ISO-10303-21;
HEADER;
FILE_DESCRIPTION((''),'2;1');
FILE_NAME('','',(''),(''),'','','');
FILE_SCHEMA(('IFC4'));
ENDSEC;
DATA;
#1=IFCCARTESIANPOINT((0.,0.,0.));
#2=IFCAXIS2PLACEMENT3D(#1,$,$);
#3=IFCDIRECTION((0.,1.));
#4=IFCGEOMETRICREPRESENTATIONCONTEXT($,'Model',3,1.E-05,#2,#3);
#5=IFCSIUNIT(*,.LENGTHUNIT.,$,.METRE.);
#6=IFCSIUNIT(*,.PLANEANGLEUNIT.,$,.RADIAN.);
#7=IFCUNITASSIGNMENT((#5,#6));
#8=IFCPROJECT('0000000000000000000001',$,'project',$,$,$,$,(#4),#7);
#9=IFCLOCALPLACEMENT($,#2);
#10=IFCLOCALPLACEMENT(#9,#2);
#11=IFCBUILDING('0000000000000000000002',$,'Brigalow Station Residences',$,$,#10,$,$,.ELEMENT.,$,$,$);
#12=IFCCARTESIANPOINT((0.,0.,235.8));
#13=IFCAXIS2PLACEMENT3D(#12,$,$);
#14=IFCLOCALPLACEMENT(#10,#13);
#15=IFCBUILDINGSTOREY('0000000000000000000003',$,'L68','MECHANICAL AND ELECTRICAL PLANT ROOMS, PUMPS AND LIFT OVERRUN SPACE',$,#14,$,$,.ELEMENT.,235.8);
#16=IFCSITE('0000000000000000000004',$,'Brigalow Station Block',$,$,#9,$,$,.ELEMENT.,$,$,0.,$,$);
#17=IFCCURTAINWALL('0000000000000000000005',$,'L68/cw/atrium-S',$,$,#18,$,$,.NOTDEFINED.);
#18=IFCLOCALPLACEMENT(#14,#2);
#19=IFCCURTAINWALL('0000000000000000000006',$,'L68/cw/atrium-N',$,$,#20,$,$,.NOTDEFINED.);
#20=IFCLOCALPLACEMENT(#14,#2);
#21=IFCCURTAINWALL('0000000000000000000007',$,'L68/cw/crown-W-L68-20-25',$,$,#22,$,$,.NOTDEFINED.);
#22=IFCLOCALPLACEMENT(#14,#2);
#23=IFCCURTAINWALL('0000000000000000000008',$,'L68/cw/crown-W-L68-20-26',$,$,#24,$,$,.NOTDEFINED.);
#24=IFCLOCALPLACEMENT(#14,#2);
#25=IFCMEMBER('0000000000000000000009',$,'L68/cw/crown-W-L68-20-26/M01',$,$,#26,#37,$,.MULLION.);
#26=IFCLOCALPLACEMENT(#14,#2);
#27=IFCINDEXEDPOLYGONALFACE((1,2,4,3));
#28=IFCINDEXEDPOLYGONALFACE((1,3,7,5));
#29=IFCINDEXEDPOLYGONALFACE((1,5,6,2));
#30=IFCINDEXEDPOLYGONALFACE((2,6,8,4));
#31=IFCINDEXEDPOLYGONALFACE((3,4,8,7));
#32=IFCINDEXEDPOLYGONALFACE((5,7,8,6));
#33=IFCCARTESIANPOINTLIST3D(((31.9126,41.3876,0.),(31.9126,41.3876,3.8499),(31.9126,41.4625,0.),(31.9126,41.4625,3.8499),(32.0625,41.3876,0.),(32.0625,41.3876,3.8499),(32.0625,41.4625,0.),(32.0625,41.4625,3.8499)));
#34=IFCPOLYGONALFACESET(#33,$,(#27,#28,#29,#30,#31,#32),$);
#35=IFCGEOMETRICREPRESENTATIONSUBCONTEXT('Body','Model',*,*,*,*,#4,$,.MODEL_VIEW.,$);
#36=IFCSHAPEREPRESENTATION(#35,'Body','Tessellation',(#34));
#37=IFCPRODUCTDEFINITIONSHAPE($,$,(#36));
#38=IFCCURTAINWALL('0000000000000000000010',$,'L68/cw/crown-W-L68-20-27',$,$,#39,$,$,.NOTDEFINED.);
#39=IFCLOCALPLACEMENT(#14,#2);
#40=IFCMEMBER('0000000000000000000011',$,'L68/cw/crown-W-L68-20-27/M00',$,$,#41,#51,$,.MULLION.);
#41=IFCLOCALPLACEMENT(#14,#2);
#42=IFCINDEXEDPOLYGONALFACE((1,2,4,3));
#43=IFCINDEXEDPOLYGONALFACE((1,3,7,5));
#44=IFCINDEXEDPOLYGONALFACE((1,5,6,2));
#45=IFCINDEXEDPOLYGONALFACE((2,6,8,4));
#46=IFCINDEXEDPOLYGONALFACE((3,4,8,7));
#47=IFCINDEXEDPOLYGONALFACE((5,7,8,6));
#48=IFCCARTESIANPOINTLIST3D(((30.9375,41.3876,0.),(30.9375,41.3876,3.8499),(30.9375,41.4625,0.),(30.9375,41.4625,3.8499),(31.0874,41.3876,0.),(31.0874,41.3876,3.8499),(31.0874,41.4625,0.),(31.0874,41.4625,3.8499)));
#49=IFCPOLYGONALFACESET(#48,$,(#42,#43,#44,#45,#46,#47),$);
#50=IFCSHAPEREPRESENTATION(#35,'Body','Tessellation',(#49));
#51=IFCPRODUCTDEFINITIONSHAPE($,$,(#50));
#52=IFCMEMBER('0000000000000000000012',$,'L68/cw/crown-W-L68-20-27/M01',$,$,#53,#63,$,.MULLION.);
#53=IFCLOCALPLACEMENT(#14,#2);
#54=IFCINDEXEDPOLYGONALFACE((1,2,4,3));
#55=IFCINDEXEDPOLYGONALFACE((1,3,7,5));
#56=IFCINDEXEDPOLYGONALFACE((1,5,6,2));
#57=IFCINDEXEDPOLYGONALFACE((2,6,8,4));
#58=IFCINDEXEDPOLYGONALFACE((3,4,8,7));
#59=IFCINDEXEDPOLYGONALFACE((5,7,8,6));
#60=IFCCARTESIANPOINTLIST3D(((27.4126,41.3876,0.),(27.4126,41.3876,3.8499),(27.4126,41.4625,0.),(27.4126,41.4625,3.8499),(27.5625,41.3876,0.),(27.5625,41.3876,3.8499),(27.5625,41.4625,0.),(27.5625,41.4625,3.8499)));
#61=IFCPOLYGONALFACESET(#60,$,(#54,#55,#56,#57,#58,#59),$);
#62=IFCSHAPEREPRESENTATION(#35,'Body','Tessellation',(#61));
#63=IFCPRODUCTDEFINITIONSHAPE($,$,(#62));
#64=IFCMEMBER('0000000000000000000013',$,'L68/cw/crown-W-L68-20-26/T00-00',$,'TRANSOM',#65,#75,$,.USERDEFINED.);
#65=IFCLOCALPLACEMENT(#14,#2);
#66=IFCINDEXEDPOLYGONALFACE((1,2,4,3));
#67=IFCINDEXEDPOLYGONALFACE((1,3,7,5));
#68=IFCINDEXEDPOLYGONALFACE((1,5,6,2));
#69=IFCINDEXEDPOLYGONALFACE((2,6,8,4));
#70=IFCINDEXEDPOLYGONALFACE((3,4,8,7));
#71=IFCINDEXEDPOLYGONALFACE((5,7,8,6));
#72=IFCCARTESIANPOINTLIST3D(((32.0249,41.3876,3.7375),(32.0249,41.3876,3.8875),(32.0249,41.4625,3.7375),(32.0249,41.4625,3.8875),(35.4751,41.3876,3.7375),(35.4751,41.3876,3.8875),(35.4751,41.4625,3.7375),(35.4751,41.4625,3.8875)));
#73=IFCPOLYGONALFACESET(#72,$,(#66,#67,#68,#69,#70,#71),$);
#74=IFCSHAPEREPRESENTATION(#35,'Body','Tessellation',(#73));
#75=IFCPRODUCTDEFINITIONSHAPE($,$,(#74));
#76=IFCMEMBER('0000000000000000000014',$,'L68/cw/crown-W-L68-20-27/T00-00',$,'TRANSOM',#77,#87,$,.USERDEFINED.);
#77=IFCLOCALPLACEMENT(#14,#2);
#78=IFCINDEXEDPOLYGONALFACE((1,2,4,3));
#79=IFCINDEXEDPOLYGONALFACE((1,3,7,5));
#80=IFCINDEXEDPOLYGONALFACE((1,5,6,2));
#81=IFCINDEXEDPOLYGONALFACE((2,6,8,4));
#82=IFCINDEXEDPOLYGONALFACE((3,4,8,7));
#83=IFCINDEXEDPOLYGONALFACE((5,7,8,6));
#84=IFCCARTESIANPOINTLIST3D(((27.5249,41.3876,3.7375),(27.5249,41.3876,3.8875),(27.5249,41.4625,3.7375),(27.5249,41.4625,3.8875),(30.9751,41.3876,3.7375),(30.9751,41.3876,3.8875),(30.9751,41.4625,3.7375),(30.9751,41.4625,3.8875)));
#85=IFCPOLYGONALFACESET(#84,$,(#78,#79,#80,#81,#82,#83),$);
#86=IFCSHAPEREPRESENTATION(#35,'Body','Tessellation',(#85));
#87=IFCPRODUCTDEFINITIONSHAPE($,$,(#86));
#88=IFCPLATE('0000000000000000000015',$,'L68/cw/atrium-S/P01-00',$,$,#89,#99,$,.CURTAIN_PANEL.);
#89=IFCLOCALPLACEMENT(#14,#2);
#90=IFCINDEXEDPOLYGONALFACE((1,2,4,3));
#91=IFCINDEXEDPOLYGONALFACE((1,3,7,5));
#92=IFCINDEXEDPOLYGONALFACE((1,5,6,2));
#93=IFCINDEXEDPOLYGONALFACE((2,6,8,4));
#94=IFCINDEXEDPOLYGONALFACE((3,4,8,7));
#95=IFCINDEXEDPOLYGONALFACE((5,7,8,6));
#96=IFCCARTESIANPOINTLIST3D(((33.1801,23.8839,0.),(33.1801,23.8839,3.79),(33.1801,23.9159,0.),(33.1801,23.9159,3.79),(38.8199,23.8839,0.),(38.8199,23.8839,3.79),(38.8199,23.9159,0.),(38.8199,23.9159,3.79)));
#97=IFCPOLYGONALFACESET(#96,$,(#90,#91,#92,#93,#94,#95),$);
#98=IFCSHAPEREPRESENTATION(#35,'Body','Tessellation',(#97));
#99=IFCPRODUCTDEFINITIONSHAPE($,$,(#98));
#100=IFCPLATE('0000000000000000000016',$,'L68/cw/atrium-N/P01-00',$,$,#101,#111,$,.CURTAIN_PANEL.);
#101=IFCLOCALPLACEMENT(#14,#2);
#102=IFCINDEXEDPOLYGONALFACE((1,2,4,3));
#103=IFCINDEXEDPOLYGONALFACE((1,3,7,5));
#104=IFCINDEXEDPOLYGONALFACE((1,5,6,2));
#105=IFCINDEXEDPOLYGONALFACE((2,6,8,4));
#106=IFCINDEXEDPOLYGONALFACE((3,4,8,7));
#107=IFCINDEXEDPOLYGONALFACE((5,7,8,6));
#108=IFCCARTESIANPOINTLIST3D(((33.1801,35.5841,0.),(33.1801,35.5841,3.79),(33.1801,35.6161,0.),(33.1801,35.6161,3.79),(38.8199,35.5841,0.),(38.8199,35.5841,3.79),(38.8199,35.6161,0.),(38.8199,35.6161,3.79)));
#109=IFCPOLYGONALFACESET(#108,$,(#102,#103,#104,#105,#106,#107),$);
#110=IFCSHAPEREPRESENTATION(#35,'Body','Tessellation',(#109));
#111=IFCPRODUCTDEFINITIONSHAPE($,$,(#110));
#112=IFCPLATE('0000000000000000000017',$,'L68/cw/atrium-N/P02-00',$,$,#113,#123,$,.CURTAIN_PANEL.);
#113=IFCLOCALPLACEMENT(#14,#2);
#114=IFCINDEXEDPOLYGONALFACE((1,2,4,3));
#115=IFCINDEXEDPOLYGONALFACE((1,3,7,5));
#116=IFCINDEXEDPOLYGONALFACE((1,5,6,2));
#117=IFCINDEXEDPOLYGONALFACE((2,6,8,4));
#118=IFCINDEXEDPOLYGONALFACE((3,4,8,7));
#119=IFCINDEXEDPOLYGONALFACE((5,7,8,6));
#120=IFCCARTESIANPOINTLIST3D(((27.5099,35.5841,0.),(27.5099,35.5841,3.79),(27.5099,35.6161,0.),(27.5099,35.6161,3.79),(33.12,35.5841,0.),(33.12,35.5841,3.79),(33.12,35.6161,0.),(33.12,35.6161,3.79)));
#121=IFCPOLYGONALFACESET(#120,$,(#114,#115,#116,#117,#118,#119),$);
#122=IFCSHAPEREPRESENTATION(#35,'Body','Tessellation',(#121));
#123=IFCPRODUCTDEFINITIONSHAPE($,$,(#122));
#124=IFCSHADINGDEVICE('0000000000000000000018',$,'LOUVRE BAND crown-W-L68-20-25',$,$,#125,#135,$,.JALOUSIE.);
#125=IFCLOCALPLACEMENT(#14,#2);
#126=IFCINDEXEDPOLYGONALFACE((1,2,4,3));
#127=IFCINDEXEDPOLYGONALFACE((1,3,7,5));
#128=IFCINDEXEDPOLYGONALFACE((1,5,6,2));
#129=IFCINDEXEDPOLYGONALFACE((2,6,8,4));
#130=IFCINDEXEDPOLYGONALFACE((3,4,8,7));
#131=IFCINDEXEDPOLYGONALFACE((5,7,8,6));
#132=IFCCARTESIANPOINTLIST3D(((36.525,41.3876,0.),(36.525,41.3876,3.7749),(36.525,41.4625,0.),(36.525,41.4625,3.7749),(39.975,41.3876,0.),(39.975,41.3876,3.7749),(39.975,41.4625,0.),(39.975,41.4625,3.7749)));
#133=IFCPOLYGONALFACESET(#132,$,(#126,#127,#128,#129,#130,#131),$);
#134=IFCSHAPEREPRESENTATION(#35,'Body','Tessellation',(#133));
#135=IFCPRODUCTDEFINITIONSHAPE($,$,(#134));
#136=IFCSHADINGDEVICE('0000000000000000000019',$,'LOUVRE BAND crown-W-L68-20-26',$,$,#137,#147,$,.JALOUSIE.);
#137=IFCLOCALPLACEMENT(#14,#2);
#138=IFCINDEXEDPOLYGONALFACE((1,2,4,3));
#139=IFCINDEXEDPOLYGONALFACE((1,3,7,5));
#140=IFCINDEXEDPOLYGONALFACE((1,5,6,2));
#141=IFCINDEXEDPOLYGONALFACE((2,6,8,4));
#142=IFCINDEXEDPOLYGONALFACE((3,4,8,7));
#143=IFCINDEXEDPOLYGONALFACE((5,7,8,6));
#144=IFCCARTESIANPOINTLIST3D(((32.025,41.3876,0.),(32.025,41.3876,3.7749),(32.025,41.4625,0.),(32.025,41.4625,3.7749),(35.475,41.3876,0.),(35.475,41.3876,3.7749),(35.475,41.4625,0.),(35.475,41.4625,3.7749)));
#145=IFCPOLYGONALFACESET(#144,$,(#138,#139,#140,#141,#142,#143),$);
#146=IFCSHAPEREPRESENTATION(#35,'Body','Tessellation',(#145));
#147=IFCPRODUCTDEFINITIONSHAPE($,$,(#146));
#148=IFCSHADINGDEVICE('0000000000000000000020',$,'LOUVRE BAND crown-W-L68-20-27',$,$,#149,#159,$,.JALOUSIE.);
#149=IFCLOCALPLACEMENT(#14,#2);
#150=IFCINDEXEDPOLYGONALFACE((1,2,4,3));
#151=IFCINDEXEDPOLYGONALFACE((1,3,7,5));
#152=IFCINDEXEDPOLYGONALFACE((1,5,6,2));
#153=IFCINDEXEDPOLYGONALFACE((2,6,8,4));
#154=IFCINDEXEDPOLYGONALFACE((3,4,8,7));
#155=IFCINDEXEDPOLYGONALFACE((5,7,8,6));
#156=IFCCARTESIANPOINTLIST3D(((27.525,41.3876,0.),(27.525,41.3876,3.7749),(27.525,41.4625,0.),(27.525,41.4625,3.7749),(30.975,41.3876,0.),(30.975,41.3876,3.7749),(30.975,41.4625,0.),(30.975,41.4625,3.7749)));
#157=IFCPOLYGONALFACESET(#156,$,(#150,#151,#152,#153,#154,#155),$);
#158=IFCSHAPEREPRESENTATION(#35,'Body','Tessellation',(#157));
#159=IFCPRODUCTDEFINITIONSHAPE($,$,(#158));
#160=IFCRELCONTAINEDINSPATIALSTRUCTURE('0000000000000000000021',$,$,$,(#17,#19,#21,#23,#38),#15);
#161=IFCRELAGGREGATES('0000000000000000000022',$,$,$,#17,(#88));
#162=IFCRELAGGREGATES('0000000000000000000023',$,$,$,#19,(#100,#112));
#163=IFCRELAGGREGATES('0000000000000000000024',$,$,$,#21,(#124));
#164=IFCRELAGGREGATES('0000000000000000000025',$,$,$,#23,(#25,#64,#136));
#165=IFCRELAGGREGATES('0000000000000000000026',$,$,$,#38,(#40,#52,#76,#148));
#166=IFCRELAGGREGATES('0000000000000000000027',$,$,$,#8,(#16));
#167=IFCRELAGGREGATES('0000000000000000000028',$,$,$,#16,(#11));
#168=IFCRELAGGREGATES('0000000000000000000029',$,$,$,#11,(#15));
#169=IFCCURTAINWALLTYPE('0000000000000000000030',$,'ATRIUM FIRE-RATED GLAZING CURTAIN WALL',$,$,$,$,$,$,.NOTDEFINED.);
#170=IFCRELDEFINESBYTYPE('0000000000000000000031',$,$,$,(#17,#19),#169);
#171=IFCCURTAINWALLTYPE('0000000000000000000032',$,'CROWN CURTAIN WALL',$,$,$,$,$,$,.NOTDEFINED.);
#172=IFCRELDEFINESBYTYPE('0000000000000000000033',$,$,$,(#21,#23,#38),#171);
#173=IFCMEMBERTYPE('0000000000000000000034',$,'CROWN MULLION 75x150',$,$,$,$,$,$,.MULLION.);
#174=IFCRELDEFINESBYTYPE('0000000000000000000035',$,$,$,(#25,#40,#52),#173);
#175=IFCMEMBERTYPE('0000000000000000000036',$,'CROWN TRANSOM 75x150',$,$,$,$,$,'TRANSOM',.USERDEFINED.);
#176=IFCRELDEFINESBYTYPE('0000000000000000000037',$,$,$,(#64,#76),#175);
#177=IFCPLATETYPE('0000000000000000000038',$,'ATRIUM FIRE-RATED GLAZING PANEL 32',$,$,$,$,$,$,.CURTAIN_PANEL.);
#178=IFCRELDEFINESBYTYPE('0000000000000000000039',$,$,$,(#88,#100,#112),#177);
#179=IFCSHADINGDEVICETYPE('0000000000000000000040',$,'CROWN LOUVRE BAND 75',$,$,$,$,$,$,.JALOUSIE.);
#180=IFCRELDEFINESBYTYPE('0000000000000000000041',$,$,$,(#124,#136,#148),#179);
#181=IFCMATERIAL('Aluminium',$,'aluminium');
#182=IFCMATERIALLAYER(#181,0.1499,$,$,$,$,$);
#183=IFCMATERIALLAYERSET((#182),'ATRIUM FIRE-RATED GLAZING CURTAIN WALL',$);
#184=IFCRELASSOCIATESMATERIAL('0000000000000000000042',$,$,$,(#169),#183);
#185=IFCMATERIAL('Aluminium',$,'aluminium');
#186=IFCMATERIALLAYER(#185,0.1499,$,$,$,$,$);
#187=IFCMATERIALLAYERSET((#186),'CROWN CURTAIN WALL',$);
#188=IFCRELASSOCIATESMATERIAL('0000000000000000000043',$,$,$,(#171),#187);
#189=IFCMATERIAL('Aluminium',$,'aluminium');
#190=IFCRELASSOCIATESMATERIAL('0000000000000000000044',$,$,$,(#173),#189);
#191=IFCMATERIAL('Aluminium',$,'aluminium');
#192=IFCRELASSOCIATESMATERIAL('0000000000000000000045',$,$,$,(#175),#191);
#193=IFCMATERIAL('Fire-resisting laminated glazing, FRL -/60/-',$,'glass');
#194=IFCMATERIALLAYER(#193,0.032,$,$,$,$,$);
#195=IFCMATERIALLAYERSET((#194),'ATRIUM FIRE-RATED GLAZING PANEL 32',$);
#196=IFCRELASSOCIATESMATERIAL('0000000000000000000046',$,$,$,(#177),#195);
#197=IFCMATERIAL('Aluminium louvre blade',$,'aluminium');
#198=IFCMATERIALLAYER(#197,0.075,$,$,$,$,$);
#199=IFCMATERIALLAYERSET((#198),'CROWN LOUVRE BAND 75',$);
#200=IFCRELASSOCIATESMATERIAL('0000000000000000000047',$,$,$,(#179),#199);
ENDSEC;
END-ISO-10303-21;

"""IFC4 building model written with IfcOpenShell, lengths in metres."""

from ifc_helpers import new_model, si_unit, direction, frame, origin, origin_2d, place, context, subcontext, project, spatial, rectangle, extrude, material, layer, layer_set, material_profile, profile_set, type_object, element, aggregate, save


model = new_model("IFC4")

# Units and contexts
model_context = context("Model", 3, precision=1e-05, world=origin(), true_north=direction((0.0, 1.0)))
body_context = subcontext(model_context, "Body", "Model", "MODEL_VIEW")
ifc_project = project(units=[si_unit("LENGTHUNIT", "METRE"), si_unit("PLANEANGLEUNIT", "RADIAN")], contexts=[model_context])

# Site, building, storey
site_placement = place(None, origin())
site = spatial("IfcSite", under=ifc_project, at=site_placement, Name="Brigalow Station Block", CompositionType="ELEMENT", RefElevation=0.0)
building_placement = place(site_placement, origin())
building = spatial("IfcBuilding", under=site, at=building_placement, Name="Brigalow Station Residences", CompositionType="ELEMENT")
storey_placement = place(building_placement, frame((0.0, 0.0, 235.8)))
storey = spatial("IfcBuildingStorey", under=building, at=storey_placement, Name="L68", Description="MECHANICAL AND ELECTRICAL PLANT ROOMS, PUMPS AND LIFT OVERRUN SPACE", CompositionType="ELEMENT", Elevation=235.8)

# Curtain wall
ifc_material_1 = material(Name="Aluminium", Category="aluminium")
ifc_layer_1 = layer(ifc_material_1, 0.1499)
ifc_layer_set_1 = layer_set([ifc_layer_1], Name="ATRIUM FIRE-RATED GLAZING CURTAIN WALL")
curtain_wall_type_1 = type_object("IfcCurtainWallType", Name="ATRIUM FIRE-RATED GLAZING CURTAIN WALL", PredefinedType="NOTDEFINED", material=ifc_layer_set_1)
curtain_wall_1_placement = place(storey_placement, origin())
curtain_wall_1 = element("IfcCurtainWall", 1, at=curtain_wall_1_placement, inside=storey, type_object=curtain_wall_type_1, Name="L68/cw/atrium-S", PredefinedType="NOTDEFINED")

# Curtain wall
curtain_wall_2_placement = place(storey_placement, origin())
curtain_wall_2 = element("IfcCurtainWall", 2, at=curtain_wall_2_placement, inside=storey, type_object=curtain_wall_type_1, Name="L68/cw/atrium-N", PredefinedType="NOTDEFINED")

# Curtain wall
ifc_material_2 = material(Name="Aluminium", Category="aluminium")
ifc_layer_2 = layer(ifc_material_2, 0.1499)
ifc_layer_set_2 = layer_set([ifc_layer_2], Name="CROWN CURTAIN WALL")
curtain_wall_type_2 = type_object("IfcCurtainWallType", Name="CROWN CURTAIN WALL", PredefinedType="NOTDEFINED", material=ifc_layer_set_2)
curtain_wall_3_placement = place(storey_placement, origin())
curtain_wall_3 = element("IfcCurtainWall", 3, at=curtain_wall_3_placement, inside=storey, type_object=curtain_wall_type_2, Name="L68/cw/crown-W-L68-20-25", PredefinedType="NOTDEFINED")
ifc_material_3 = material(Name="Aluminium", Category="aluminium")
ifc_material_profile_1 = material_profile(ifc_material_3, rectangle(XDim=0.075, YDim=0.1499, at=origin_2d()), Name="CROWN MULLION 75x150")
ifc_profile_set_1 = profile_set([ifc_material_profile_1], Name="Aluminium")
member_type_1 = type_object("IfcMemberType", Name="CROWN MULLION 75x150", PredefinedType="MULLION", material=ifc_profile_set_1)

# Curtain walls, members
curtain_wall_4_placement = place(storey_placement, origin())
curtain_wall_4 = element("IfcCurtainWall", 4, at=curtain_wall_4_placement, inside=storey, type_object=curtain_wall_type_2, Name="L68/cw/crown-W-L68-20-26", PredefinedType="NOTDEFINED")
member_1_placement = place(storey_placement, frame((31.9875, 41.425, 0.0), z_axis=(0.0, 0.0, 1.0), x_axis=(0.0, -1.0, 0.0)))
member_1 = element("IfcMember", 5, at=member_1_placement, type_object=member_type_1, Name="L68/cw/crown-W-L68-20-26/M01", PredefinedType="MULLION", context=body_context, shape_type="SweptSolid", body=[
    extrude(rectangle(XDim=0.075, YDim=0.1499, at=origin_2d()), origin(), (0.0, 0.0, 1.0), 3.8499),
])
curtain_wall_5_placement = place(storey_placement, origin())
curtain_wall_5 = element("IfcCurtainWall", 6, at=curtain_wall_5_placement, inside=storey, type_object=curtain_wall_type_2, Name="L68/cw/crown-W-L68-20-27", PredefinedType="NOTDEFINED")
member_2_placement = place(storey_placement, frame((31.0125, 41.425, 0.0), z_axis=(0.0, 0.0, 1.0), x_axis=(0.0, -1.0, 0.0)))
member_2 = element("IfcMember", 7, at=member_2_placement, type_object=member_type_1, Name="L68/cw/crown-W-L68-20-27/M00", PredefinedType="MULLION", context=body_context, shape_type="SweptSolid", body=[
    extrude(rectangle(XDim=0.075, YDim=0.1499, at=origin_2d()), origin(), (0.0, 0.0, 1.0), 3.8499),
])
member_3_placement = place(storey_placement, frame((27.4875, 41.425, 0.0), z_axis=(0.0, 0.0, 1.0), x_axis=(0.0, -1.0, 0.0)))
member_3 = element("IfcMember", 8, at=member_3_placement, type_object=member_type_1, Name="L68/cw/crown-W-L68-20-27/M01", PredefinedType="MULLION", context=body_context, shape_type="SweptSolid", body=[
    extrude(rectangle(XDim=0.075, YDim=0.1499, at=origin_2d()), origin(), (0.0, 0.0, 1.0), 3.8499),
])

# Members
ifc_material_4 = material(Name="Aluminium", Category="aluminium")
ifc_material_profile_2 = material_profile(ifc_material_4, rectangle(XDim=0.075, YDim=0.1499, at=origin_2d()), Name="CROWN TRANSOM 75x150")
ifc_profile_set_2 = profile_set([ifc_material_profile_2], Name="Aluminium")
member_type_2 = type_object("IfcMemberType", Name="CROWN TRANSOM 75x150", ElementType="TRANSOM", PredefinedType="USERDEFINED", material=ifc_profile_set_2)
member_4_placement = place(storey_placement, frame((35.4751, 41.425, 3.8125), z_axis=(-1.0, 0.0, 0.0), x_axis=(0.0, -1.0, 0.0)))
member_4 = element("IfcMember", 9, at=member_4_placement, type_object=member_type_2, Name="L68/cw/crown-W-L68-20-26/T00-00", ObjectType="TRANSOM", PredefinedType="USERDEFINED", context=body_context, shape_type="SweptSolid", body=[
    extrude(rectangle(XDim=0.075, YDim=0.1499, at=origin_2d()), origin(), (0.0, 0.0, 1.0), 3.4502),
])
member_5_placement = place(storey_placement, frame((30.9751, 41.425, 3.8125), z_axis=(-1.0, 0.0, 0.0), x_axis=(0.0, -1.0, 0.0)))
member_5 = element("IfcMember", 10, at=member_5_placement, type_object=member_type_2, Name="L68/cw/crown-W-L68-20-27/T00-00", ObjectType="TRANSOM", PredefinedType="USERDEFINED", context=body_context, shape_type="SweptSolid", body=[
    extrude(rectangle(XDim=0.075, YDim=0.1499, at=origin_2d()), origin(), (0.0, 0.0, 1.0), 3.4502),
])

# Plates
ifc_material_5 = material(Name="Fire-resisting laminated glazing, FRL -/60/-", Category="glass")
ifc_layer_3 = layer(ifc_material_5, 0.032)
ifc_layer_set_3 = layer_set([ifc_layer_3], Name="ATRIUM FIRE-RATED GLAZING PANEL 32")
plate_type = type_object("IfcPlateType", Name="ATRIUM FIRE-RATED GLAZING PANEL 32", PredefinedType="CURTAIN_PANEL", material=ifc_layer_set_3)
plate_1_placement = place(storey_placement, frame((36.0, 23.8999, 0.0), z_axis=(0.0, 0.0, 1.0), x_axis=(1.0, 0.0, 0.0)))
plate_1 = element("IfcPlate", 11, at=plate_1_placement, type_object=plate_type, Name="L68/cw/atrium-S/P01-00", PredefinedType="CURTAIN_PANEL", context=body_context, shape_type="SweptSolid", body=[
    extrude(rectangle(XDim=5.6399, YDim=0.032, at=origin_2d()), origin(), (0.0, 0.0, 1.0), 3.79),
])
aggregate(curtain_wall_1, [plate_1])
plate_2_placement = place(storey_placement, frame((36.0, 35.6001, 0.0), z_axis=(0.0, 0.0, 1.0), x_axis=(-1.0, 0.0, 0.0)))
plate_2 = element("IfcPlate", 12, at=plate_2_placement, type_object=plate_type, Name="L68/cw/atrium-N/P01-00", PredefinedType="CURTAIN_PANEL", context=body_context, shape_type="SweptSolid", body=[
    extrude(rectangle(XDim=5.6399, YDim=0.032, at=origin_2d()), origin(), (0.0, 0.0, 1.0), 3.79),
])
plate_3_placement = place(storey_placement, frame((30.3149, 35.6001, 0.0), z_axis=(0.0, 0.0, 1.0), x_axis=(-1.0, 0.0, 0.0)))
plate_3 = element("IfcPlate", 13, at=plate_3_placement, type_object=plate_type, Name="L68/cw/atrium-N/P02-00", PredefinedType="CURTAIN_PANEL", context=body_context, shape_type="SweptSolid", body=[
    extrude(rectangle(XDim=5.6101, YDim=0.032, at=origin_2d()), origin(), (0.0, 0.0, 1.0), 3.79),
])
aggregate(curtain_wall_2, [plate_2, plate_3])

# Shading devices
ifc_material_6 = material(Name="Aluminium louvre blade", Category="aluminium")
ifc_layer_4 = layer(ifc_material_6, 0.075)
ifc_layer_set_4 = layer_set([ifc_layer_4], Name="CROWN LOUVRE BAND 75")
shading_device_type = type_object("IfcShadingDeviceType", Name="CROWN LOUVRE BAND 75", PredefinedType="JALOUSIE", material=ifc_layer_set_4)
shading_device_1_placement = place(storey_placement, frame((38.25, 41.425, 0.0), z_axis=(0.0, 0.0, 1.0), x_axis=(-1.0, 0.0, 0.0)))
shading_device_1 = element("IfcShadingDevice", 14, at=shading_device_1_placement, type_object=shading_device_type, Name="LOUVRE BAND crown-W-L68-20-25", PredefinedType="JALOUSIE", context=body_context, shape_type="SweptSolid", body=[
    extrude(rectangle(XDim=3.45, YDim=0.075, at=origin_2d()), origin(), (0.0, 0.0, 1.0), 3.7749),
])
aggregate(curtain_wall_3, [shading_device_1])
shading_device_2_placement = place(storey_placement, frame((33.75, 41.425, 0.0), z_axis=(0.0, 0.0, 1.0), x_axis=(-1.0, 0.0, 0.0)))
shading_device_2 = element("IfcShadingDevice", 15, at=shading_device_2_placement, type_object=shading_device_type, Name="LOUVRE BAND crown-W-L68-20-26", PredefinedType="JALOUSIE", context=body_context, shape_type="SweptSolid", body=[
    extrude(rectangle(XDim=3.45, YDim=0.075, at=origin_2d()), origin(), (0.0, 0.0, 1.0), 3.7749),
])
aggregate(curtain_wall_4, [member_1, member_4, shading_device_2])
shading_device_3_placement = place(storey_placement, frame((29.25, 41.425, 0.0), z_axis=(0.0, 0.0, 1.0), x_axis=(-1.0, 0.0, 0.0)))
shading_device_3 = element("IfcShadingDevice", 16, at=shading_device_3_placement, type_object=shading_device_type, Name="LOUVRE BAND crown-W-L68-20-27", PredefinedType="JALOUSIE", context=body_context, shape_type="SweptSolid", body=[
    extrude(rectangle(XDim=3.45, YDim=0.075, at=origin_2d()), origin(), (0.0, 0.0, 1.0), 3.7749),
])
aggregate(curtain_wall_5, [member_2, member_3, member_5, shading_device_3])

save(model, "model.ifc")
